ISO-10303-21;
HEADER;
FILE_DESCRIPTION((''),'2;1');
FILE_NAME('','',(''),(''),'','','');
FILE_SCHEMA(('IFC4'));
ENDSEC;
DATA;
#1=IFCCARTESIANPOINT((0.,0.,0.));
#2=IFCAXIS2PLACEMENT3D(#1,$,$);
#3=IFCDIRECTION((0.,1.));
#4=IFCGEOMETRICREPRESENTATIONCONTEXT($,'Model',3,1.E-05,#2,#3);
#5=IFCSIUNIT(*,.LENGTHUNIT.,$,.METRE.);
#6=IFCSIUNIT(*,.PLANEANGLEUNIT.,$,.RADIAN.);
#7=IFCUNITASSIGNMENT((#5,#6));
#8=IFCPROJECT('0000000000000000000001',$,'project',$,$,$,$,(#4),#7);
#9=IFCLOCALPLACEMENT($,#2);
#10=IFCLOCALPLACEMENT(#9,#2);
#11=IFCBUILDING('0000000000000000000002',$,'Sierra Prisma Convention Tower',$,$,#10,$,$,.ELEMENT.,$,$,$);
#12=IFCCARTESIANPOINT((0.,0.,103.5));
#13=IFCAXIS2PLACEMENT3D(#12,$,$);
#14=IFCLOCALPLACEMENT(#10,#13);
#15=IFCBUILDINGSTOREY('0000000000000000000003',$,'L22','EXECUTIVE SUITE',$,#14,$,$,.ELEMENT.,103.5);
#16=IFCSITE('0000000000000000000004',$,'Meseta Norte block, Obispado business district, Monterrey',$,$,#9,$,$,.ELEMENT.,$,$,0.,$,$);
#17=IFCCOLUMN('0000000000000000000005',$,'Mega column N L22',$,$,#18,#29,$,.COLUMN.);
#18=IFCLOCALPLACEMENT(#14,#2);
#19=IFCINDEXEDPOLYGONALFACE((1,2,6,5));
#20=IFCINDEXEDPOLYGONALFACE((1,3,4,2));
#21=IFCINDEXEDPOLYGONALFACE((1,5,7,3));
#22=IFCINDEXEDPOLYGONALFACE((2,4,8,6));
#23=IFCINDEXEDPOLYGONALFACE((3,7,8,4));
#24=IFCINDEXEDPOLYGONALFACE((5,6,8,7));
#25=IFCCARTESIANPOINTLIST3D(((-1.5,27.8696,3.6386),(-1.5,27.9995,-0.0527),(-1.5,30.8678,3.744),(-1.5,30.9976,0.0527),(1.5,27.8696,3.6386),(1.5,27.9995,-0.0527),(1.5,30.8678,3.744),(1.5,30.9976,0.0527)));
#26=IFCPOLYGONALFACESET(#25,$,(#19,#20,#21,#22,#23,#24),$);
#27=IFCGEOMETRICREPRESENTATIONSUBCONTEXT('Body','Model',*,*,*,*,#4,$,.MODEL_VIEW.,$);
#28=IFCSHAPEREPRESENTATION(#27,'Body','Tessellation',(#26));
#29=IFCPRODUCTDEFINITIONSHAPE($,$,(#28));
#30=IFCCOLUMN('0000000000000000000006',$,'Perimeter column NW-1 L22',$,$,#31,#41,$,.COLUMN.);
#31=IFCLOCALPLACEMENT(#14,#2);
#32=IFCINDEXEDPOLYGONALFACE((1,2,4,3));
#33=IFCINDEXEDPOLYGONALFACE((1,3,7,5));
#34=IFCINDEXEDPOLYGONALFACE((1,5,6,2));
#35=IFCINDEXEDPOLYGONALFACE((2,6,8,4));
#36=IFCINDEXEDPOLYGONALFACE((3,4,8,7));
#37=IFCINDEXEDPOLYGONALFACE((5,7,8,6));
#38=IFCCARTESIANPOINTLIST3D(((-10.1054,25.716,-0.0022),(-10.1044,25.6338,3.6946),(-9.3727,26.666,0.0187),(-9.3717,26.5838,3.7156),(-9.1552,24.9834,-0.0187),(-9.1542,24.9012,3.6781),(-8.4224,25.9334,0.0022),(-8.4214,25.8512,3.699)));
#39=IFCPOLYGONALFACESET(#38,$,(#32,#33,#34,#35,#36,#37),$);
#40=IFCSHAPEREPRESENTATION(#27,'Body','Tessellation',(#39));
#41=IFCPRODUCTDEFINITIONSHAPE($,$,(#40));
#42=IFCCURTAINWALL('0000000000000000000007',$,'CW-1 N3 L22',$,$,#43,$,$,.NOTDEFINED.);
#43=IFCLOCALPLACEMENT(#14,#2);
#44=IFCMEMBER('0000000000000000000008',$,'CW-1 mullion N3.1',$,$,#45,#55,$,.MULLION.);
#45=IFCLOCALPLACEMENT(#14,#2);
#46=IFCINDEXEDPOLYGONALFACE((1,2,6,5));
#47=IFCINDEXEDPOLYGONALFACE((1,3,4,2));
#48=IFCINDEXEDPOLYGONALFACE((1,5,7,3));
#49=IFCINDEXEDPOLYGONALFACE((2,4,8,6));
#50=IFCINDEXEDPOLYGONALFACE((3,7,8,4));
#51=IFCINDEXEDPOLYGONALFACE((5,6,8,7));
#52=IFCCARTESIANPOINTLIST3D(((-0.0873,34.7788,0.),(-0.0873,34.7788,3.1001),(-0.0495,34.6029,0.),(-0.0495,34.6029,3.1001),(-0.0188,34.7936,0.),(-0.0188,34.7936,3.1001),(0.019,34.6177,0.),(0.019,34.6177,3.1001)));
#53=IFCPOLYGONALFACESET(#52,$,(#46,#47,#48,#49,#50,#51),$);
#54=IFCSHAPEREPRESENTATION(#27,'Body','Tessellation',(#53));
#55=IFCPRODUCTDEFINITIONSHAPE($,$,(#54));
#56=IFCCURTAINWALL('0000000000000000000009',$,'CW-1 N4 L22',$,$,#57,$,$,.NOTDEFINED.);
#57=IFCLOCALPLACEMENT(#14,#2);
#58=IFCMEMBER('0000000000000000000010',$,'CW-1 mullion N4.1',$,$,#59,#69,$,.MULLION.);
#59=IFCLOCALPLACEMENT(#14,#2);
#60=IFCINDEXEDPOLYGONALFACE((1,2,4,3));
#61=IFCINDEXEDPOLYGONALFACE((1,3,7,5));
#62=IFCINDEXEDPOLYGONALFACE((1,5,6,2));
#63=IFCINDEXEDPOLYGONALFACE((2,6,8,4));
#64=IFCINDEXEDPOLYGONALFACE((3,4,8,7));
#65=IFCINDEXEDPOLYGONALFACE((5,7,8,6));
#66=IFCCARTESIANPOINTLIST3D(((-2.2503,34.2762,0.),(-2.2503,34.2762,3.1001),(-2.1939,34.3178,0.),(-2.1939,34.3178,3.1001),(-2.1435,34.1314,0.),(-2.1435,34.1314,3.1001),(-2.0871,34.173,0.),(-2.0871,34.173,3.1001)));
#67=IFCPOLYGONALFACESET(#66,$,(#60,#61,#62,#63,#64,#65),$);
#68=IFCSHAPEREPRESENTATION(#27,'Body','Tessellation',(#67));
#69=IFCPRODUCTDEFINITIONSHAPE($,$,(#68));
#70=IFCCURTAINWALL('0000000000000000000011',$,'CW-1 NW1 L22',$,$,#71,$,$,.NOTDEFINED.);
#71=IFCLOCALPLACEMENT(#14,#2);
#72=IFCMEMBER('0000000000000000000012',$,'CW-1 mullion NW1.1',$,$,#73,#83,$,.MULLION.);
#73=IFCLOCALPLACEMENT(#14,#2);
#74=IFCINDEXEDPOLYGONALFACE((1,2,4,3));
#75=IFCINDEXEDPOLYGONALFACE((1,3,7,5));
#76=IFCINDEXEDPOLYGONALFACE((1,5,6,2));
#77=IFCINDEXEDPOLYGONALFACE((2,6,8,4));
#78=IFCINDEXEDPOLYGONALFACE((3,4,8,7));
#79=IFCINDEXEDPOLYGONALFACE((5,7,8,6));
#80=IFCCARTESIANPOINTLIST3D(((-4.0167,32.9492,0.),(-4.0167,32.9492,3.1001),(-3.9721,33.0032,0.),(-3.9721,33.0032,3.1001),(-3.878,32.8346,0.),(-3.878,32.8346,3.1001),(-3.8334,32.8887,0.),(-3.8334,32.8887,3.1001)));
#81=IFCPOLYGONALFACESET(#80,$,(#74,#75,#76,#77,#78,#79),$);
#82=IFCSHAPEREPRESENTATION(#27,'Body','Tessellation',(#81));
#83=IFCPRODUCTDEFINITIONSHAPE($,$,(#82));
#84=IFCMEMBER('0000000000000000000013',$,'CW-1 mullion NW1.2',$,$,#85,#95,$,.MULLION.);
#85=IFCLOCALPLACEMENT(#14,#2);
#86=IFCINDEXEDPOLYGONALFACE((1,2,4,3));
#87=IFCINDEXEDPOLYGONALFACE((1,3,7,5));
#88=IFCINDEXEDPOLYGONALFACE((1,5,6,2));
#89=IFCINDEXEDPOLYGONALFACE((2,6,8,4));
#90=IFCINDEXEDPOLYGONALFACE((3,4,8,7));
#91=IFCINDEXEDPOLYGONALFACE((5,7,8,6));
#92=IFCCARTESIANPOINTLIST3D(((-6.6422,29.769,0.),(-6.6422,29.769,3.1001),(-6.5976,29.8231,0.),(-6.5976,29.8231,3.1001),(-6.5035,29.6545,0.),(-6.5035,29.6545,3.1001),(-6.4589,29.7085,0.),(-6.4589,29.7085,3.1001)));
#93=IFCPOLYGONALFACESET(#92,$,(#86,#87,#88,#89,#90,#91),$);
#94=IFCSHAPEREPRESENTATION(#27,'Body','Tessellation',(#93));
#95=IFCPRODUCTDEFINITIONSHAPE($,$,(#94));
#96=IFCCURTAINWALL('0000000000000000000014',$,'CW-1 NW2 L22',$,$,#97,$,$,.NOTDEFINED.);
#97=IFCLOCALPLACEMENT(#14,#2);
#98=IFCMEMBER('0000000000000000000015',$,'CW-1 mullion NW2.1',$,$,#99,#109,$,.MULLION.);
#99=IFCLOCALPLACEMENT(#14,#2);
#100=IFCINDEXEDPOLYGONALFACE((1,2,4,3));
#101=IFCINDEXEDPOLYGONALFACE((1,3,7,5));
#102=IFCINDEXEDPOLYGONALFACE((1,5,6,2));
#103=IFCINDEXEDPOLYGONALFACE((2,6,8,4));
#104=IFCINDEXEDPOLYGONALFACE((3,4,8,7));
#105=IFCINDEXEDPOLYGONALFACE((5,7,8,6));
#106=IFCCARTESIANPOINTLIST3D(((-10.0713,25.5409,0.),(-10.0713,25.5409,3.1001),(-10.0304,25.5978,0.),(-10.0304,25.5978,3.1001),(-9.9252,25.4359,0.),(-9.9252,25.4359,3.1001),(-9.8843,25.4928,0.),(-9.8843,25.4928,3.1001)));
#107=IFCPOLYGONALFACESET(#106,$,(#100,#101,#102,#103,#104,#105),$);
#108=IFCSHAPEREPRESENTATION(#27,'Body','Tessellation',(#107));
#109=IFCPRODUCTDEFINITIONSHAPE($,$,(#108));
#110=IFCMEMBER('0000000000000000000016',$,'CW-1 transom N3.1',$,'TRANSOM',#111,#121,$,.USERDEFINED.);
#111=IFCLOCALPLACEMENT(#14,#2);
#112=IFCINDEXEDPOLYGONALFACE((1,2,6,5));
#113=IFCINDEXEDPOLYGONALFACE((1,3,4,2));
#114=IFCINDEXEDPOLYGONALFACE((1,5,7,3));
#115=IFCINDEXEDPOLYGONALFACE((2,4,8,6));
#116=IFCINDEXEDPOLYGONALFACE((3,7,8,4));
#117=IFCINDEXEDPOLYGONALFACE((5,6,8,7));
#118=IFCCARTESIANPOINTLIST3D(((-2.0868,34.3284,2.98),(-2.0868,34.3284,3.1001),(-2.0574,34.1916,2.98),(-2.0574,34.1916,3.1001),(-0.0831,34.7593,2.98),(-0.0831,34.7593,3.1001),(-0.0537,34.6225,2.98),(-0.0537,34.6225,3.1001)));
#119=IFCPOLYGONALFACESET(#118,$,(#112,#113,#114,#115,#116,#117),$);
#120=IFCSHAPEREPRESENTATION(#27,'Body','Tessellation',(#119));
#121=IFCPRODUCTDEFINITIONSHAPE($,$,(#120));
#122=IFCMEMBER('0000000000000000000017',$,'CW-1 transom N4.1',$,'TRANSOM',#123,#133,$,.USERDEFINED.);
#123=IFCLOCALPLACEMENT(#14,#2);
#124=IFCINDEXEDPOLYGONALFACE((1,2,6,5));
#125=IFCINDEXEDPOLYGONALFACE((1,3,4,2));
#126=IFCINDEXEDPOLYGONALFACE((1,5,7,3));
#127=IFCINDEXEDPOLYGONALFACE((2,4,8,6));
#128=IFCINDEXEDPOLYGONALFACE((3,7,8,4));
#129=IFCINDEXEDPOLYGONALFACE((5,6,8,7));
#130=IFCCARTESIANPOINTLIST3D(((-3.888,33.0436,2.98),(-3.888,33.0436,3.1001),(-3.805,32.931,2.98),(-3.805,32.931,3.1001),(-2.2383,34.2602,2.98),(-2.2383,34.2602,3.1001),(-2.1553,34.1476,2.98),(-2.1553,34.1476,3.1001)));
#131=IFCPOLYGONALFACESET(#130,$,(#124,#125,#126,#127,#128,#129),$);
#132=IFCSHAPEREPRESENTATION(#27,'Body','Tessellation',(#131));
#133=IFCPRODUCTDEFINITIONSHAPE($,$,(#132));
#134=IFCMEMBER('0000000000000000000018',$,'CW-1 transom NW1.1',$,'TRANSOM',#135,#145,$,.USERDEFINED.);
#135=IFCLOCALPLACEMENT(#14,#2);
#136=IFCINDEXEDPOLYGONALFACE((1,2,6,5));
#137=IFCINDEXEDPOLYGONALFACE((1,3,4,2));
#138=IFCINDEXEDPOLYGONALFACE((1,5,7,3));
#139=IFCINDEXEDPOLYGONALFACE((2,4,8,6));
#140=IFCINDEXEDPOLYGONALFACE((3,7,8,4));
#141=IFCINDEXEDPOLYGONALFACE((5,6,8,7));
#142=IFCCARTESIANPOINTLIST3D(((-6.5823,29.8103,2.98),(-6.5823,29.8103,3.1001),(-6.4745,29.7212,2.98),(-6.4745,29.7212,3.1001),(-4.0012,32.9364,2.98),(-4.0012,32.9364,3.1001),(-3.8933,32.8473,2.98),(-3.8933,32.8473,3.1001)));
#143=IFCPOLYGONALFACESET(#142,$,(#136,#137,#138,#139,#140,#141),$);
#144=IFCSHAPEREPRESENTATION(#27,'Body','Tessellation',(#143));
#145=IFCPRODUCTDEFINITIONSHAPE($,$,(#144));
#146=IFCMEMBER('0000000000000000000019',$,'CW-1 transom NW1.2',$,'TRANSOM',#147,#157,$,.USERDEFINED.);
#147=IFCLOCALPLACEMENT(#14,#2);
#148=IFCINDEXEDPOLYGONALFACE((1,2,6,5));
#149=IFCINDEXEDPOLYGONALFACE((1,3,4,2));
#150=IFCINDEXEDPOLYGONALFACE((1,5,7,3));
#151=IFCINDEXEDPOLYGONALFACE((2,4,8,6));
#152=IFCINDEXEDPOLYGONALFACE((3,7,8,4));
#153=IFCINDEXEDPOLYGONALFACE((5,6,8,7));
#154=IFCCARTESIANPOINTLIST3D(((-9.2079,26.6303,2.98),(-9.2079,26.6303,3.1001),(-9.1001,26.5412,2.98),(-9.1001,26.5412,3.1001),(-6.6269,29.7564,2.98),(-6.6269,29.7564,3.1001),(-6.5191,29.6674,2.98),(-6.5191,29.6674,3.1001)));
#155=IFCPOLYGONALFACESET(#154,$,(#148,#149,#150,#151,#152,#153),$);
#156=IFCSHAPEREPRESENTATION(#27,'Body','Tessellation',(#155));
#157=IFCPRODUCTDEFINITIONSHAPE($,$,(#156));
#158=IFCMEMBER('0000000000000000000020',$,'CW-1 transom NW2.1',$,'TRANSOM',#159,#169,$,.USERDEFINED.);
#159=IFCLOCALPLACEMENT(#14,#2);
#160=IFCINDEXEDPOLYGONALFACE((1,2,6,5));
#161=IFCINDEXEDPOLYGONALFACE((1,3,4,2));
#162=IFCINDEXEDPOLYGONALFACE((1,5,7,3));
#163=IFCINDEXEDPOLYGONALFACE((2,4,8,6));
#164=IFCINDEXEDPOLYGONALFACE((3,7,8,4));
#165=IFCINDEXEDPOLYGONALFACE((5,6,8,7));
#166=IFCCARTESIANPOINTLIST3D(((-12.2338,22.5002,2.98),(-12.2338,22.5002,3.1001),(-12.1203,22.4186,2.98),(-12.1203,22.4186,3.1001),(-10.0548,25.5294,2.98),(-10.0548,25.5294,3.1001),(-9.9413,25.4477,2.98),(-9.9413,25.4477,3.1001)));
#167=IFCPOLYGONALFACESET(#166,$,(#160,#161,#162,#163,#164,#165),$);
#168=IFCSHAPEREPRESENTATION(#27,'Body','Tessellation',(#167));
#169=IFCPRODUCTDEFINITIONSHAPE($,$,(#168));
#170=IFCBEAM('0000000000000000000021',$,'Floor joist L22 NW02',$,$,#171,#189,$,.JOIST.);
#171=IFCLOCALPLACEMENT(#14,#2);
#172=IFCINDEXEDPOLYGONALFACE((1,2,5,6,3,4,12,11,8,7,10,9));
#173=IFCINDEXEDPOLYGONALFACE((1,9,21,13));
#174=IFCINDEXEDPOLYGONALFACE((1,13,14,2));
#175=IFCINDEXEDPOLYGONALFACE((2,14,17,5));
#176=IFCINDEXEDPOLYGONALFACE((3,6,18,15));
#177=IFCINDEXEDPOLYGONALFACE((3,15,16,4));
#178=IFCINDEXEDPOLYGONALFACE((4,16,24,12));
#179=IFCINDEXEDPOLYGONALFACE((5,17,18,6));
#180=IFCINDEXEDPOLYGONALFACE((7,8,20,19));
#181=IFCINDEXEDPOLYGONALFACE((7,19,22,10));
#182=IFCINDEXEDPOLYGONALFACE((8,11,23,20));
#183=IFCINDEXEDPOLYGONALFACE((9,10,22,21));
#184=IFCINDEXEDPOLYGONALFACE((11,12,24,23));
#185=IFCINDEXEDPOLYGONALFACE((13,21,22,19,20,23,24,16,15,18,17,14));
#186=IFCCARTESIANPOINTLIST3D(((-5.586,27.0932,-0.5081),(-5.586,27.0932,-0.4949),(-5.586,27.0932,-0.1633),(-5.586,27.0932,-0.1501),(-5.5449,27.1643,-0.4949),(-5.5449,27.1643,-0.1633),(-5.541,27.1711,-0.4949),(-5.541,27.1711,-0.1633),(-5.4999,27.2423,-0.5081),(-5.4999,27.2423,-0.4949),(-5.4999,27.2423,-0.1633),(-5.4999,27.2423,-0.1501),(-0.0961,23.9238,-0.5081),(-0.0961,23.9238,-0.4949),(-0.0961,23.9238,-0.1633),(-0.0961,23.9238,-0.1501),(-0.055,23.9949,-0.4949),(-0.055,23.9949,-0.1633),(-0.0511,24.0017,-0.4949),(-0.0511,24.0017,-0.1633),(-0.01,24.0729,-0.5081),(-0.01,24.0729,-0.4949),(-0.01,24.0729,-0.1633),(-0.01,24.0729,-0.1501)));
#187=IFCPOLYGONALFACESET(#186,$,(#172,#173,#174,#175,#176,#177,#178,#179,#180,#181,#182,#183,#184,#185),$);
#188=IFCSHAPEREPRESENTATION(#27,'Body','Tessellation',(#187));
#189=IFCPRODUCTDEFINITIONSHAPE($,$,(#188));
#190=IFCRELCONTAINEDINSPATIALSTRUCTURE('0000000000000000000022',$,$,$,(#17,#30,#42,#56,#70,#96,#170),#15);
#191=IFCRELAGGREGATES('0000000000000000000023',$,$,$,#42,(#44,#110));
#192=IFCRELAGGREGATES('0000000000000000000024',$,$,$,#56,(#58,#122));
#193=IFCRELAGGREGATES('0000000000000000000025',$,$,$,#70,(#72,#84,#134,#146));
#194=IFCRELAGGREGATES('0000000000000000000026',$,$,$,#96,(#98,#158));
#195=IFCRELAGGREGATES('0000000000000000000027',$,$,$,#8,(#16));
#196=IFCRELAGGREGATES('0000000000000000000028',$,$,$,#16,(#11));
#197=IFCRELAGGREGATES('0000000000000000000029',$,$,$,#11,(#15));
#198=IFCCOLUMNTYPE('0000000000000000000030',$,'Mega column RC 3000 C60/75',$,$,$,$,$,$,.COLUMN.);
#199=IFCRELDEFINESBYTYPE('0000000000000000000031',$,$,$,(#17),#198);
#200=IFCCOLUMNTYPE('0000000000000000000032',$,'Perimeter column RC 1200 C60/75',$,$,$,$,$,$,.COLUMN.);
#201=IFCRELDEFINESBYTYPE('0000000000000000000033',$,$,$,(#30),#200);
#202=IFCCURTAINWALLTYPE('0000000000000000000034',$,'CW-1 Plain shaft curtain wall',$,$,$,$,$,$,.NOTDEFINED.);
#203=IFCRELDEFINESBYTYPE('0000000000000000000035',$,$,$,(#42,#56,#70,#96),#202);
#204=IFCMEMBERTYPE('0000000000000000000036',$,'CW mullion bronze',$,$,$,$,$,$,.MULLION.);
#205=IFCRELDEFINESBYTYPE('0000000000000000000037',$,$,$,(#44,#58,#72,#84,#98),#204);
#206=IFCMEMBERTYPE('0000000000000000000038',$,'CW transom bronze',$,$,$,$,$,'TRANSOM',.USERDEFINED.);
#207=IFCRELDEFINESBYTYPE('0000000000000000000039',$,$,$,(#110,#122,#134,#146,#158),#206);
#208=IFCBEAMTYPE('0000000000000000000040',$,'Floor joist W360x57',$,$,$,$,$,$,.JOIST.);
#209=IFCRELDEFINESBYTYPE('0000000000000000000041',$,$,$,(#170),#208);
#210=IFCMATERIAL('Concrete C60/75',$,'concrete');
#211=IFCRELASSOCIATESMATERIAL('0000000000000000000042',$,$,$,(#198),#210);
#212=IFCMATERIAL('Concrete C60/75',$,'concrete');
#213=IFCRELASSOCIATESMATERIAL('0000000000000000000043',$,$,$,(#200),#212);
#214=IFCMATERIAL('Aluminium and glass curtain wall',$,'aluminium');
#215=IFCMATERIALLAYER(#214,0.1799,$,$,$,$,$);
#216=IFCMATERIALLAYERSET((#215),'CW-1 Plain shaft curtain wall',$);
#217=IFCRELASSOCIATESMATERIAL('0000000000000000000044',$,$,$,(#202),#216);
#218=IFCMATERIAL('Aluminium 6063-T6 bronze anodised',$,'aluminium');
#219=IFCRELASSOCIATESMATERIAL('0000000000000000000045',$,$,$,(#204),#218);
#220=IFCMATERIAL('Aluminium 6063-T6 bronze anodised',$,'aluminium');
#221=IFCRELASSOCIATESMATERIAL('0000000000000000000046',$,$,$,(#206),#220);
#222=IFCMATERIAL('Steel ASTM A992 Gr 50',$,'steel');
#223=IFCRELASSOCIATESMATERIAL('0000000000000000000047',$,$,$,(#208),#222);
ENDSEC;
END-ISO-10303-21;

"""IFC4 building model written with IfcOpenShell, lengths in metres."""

from ifc_helpers import new_model, si_unit, direction, frame, origin, origin_2d, place, context, subcontext, project, spatial, rectangle, i_section, extrude, clip, halfspace, material, layer, layer_set, material_profile, profile_set, type_object, element, aggregate, save


model = new_model("IFC4")

# Units and contexts
model_context = context("Model", 3, precision=1e-05, world=origin(), true_north=direction((0.0, 1.0)))
body_context = subcontext(model_context, "Body", "Model", "MODEL_VIEW")
ifc_project = project(units=[si_unit("LENGTHUNIT", "METRE"), si_unit("PLANEANGLEUNIT", "RADIAN")], contexts=[model_context])

# Site, building, storey
site_placement = place(None, origin())
site = spatial("IfcSite", under=ifc_project, at=site_placement, Name="Meseta Norte block, Obispado business district, Monterrey", CompositionType="ELEMENT", RefElevation=0.0)
building_placement = place(site_placement, origin())
building = spatial("IfcBuilding", under=site, at=building_placement, Name="Sierra Prisma Convention Tower", CompositionType="ELEMENT")
storey_placement = place(building_placement, frame((0.0, 0.0, 103.5)))
storey = spatial("IfcBuildingStorey", under=building, at=storey_placement, Name="L22", Description="EXECUTIVE SUITE", CompositionType="ELEMENT", Elevation=103.5)

# Columns
ifc_material_1 = material(Name="Concrete C60/75", Category="concrete")
ifc_material_profile_1 = material_profile(ifc_material_1, rectangle(XDim=3.0, YDim=3.0, at=origin_2d()), Name="Mega column RC 3000 C60/75")
ifc_profile_set_1 = profile_set([ifc_material_profile_1], Name="Concrete C60/75")
column_type_1 = type_object("IfcColumnType", Name="Mega column RC 3000 C60/75", PredefinedType="COLUMN", material=ifc_profile_set_1)
column_1_placement = place(storey_placement, frame((0.0, 29.4985, 0.0), z_axis=(0.0, -0.035148, 0.999382), x_axis=(1.0, 0.0, 0.0)))
element("IfcColumn", 1, at=column_1_placement, inside=storey, type_object=column_type_1, Name="Mega column N L22", PredefinedType="COLUMN", context=body_context, shape_type="SweptSolid", body=[
    clip(extrude(rectangle(XDim=3.0, YDim=3.0, at=origin_2d()), origin(), (0.0, 0.0, 1.0), 3.7021), halfspace(frame((0.0, 0.0, 3.6936)), False)),
])
ifc_material_2 = material(Name="Concrete C60/75", Category="concrete")
ifc_material_profile_2 = material_profile(ifc_material_2, rectangle(XDim=1.2, YDim=1.2, at=origin_2d()), Name="Perimeter column RC 1200 C60/75")
ifc_profile_set_2 = profile_set([ifc_material_profile_2], Name="Concrete C60/75")
column_type_2 = type_object("IfcColumnType", Name="Perimeter column RC 1200 C60/75", PredefinedType="COLUMN", material=ifc_profile_set_2)
column_2_placement = place(storey_placement, frame((-9.2639, 25.8247, 0.0), z_axis=(0.000264, -0.022231, 0.999753), x_axis=(0.610647, 0.791711, 0.017444)))
element("IfcColumn", 2, at=column_2_placement, inside=storey, type_object=column_type_2, Name="Perimeter column NW-1 L22", PredefinedType="COLUMN", context=body_context, shape_type="SweptSolid", body=[
    clip(extrude(rectangle(XDim=1.2, YDim=1.2, at=origin_2d()), origin(), (0.0, 0.0, 1.0), 3.7009), halfspace(frame((0.0, 0.0, 3.6978)), False)),
])

# Curtain walls, members
ifc_material_3 = material(Name="Aluminium and glass curtain wall", Category="aluminium")
ifc_layer_1 = layer(ifc_material_3, 0.1799)
ifc_layer_set_1 = layer_set([ifc_layer_1], Name="CW-1 Plain shaft curtain wall")
curtain_wall_type = type_object("IfcCurtainWallType", Name="CW-1 Plain shaft curtain wall", PredefinedType="NOTDEFINED", material=ifc_layer_set_1)
curtain_wall_1_placement = place(storey_placement, origin())
curtain_wall_1 = element("IfcCurtainWall", 3, at=curtain_wall_1_placement, inside=storey, type_object=curtain_wall_type, Name="CW-1 N3 L22", PredefinedType="NOTDEFINED")
ifc_material_4 = material(Name="Aluminium 6063-T6 bronze anodised", Category="aluminium")
ifc_material_profile_3 = material_profile(ifc_material_4, rectangle(XDim=0.1799, YDim=0.0701, at=origin_2d()), Name="ALU MULLION 70x180")
ifc_profile_set_3 = profile_set([ifc_material_profile_3], Name="Aluminium 6063-T6 bronze anodised")
member_type_1 = type_object("IfcMemberType", Name="CW mullion bronze", PredefinedType="MULLION", material=ifc_profile_set_3)
member_1_placement = place(storey_placement, frame((-0.0342, 34.6982, 0.0), z_axis=(0.0, 0.0, 1.0), x_axis=(0.210239, -0.97765, 0.0)))
member_1 = element("IfcMember", 4, at=member_1_placement, type_object=member_type_1, Name="CW-1 mullion N3.1", PredefinedType="MULLION", context=body_context, shape_type="SweptSolid", body=[
    extrude(rectangle(XDim=0.1799, YDim=0.0701, at=origin_2d()), origin(), (0.0, 0.0, 1.0), 3.1001),
])
curtain_wall_2_placement = place(storey_placement, origin())
curtain_wall_2 = element("IfcCurtainWall", 5, at=curtain_wall_2_placement, inside=storey, type_object=curtain_wall_type, Name="CW-1 N4 L22", PredefinedType="NOTDEFINED")
member_2_placement = place(storey_placement, frame((-2.1687, 34.2246, 0.0), z_axis=(0.0, 0.0, 1.0), x_axis=(0.593547, -0.804799, 0.0)))
member_2 = element("IfcMember", 6, at=member_2_placement, type_object=member_type_1, Name="CW-1 mullion N4.1", PredefinedType="MULLION", context=body_context, shape_type="SweptSolid", body=[
    extrude(rectangle(XDim=0.1799, YDim=0.0701, at=origin_2d()), origin(), (0.0, 0.0, 1.0), 3.1001),
])

# Curtain wall, members
curtain_wall_3_placement = place(storey_placement, origin())
curtain_wall_3 = element("IfcCurtainWall", 7, at=curtain_wall_3_placement, inside=storey, type_object=curtain_wall_type, Name="CW-1 NW1 L22", PredefinedType="NOTDEFINED")
member_3_placement = place(storey_placement, frame((-3.925, 32.9189, 0.0), z_axis=(0.0, 0.0, 1.0), x_axis=(0.77112, -0.636689, 0.0)))
member_3 = element("IfcMember", 8, at=member_3_placement, type_object=member_type_1, Name="CW-1 mullion NW1.1", PredefinedType="MULLION", context=body_context, shape_type="SweptSolid", body=[
    extrude(rectangle(XDim=0.1799, YDim=0.0701, at=origin_2d()), origin(), (0.0, 0.0, 1.0), 3.1001),
])
member_4_placement = place(storey_placement, frame((-6.5505, 29.7388, 0.0), z_axis=(0.0, 0.0, 1.0), x_axis=(0.77112, -0.636689, 0.0)))
member_4 = element("IfcMember", 9, at=member_4_placement, type_object=member_type_1, Name="CW-1 mullion NW1.2", PredefinedType="MULLION", context=body_context, shape_type="SweptSolid", body=[
    extrude(rectangle(XDim=0.1799, YDim=0.0701, at=origin_2d()), origin(), (0.0, 0.0, 1.0), 3.1001),
])

# Curtain wall, member
curtain_wall_4_placement = place(storey_placement, origin())
curtain_wall_4 = element("IfcCurtainWall", 10, at=curtain_wall_4_placement, inside=storey, type_object=curtain_wall_type, Name="CW-1 NW2 L22", PredefinedType="NOTDEFINED")
member_5_placement = place(storey_placement, frame((-9.9778, 25.5168, 0.0), z_axis=(0.0, 0.0, 1.0), x_axis=(0.811806, -0.583927, 0.0)))
member_5 = element("IfcMember", 11, at=member_5_placement, type_object=member_type_1, Name="CW-1 mullion NW2.1", PredefinedType="MULLION", context=body_context, shape_type="SweptSolid", body=[
    extrude(rectangle(XDim=0.1799, YDim=0.0701, at=origin_2d()), origin(), (0.0, 0.0, 1.0), 3.1001),
])

# Members
ifc_material_5 = material(Name="Aluminium 6063-T6 bronze anodised", Category="aluminium")
ifc_material_profile_4 = material_profile(ifc_material_5, rectangle(XDim=0.1399, YDim=0.1201, at=origin_2d()), Name="ALU TRANSOM 120x140")
ifc_profile_set_4 = profile_set([ifc_material_profile_4], Name="Aluminium 6063-T6 bronze anodised")
member_type_2 = type_object("IfcMemberType", Name="CW transom bronze", ElementType="TRANSOM", PredefinedType="USERDEFINED", material=ifc_profile_set_4)
member_6_placement = place(storey_placement, frame((-0.0684, 34.6909, 3.04), z_axis=(-0.977647, -0.210253, 0.0), x_axis=(0.210253, -0.977647, 0.0)))
member_6 = element("IfcMember", 12, at=member_6_placement, type_object=member_type_2, Name="CW-1 transom N3.1", ObjectType="TRANSOM", PredefinedType="USERDEFINED", context=body_context, shape_type="SweptSolid", body=[
    extrude(rectangle(XDim=0.1399, YDim=0.1201, at=origin_2d()), origin(), (0.0, 0.0, 1.0), 2.0496),
])
member_7_placement = place(storey_placement, frame((-2.1968, 34.2039, 3.04), z_axis=(-0.804819, -0.59352, 0.0), x_axis=(0.59352, -0.804819, 0.0)))
member_7 = element("IfcMember", 13, at=member_7_placement, type_object=member_type_2, Name="CW-1 transom N4.1", ObjectType="TRANSOM", PredefinedType="USERDEFINED", context=body_context, shape_type="SweptSolid", body=[
    extrude(rectangle(XDim=0.1399, YDim=0.1201, at=origin_2d()), origin(), (0.0, 0.0, 1.0), 2.0498),
])
member_8_placement = place(storey_placement, frame((-3.9473, 32.8918, 3.04), z_axis=(-0.636695, -0.771116, 0.0), x_axis=(0.771116, -0.636695, 0.0)))
member_8 = element("IfcMember", 14, at=member_8_placement, type_object=member_type_2, Name="CW-1 transom NW1.1", ObjectType="TRANSOM", PredefinedType="USERDEFINED", context=body_context, shape_type="SweptSolid", body=[
    extrude(rectangle(XDim=0.1399, YDim=0.1201, at=origin_2d()), origin(), (0.0, 0.0, 1.0), 4.054),
])
member_9_placement = place(storey_placement, frame((-6.573, 29.7119, 3.04), z_axis=(-0.636665, -0.77114, 0.0), x_axis=(0.77114, -0.636665, 0.0)))
member_9 = element("IfcMember", 15, at=member_9_placement, type_object=member_type_2, Name="CW-1 transom NW1.2", ObjectType="TRANSOM", PredefinedType="USERDEFINED", context=body_context, shape_type="SweptSolid", body=[
    extrude(rectangle(XDim=0.1399, YDim=0.1201, at=origin_2d()), origin(), (0.0, 0.0, 1.0), 4.054),
])
member_10_placement = place(storey_placement, frame((-9.998, 25.4885, 3.04), z_axis=(-0.583958, -0.811784, 0.0), x_axis=(0.811784, -0.583958, 0.0)))
member_10 = element("IfcMember", 16, at=member_10_placement, type_object=member_type_2, Name="CW-1 transom NW2.1", ObjectType="TRANSOM", PredefinedType="USERDEFINED", context=body_context, shape_type="SweptSolid", body=[
    extrude(rectangle(XDim=0.1399, YDim=0.1201, at=origin_2d()), origin(), (0.0, 0.0, 1.0), 3.7314),
])

# Beam
ifc_material_6 = material(Name="Steel ASTM A992 Gr 50", Category="steel")
ifc_material_profile_5 = material_profile(ifc_material_6, i_section(OverallWidth=0.1721, OverallDepth=0.3579, WebThickness=0.0078, FlangeThickness=0.0132, at=origin_2d()), Name="W360x57")
ifc_profile_set_5 = profile_set([ifc_material_profile_5], Name="Steel ASTM A992 Gr 50")
beam_type_1 = type_object("IfcBeamType", Name="Floor joist W360x57", PredefinedType="JOIST", material=ifc_profile_set_5)
beam_1_placement = place(storey_placement, frame((-5.543, 27.1677, -0.3291), z_axis=(0.86604, -0.499975, 0.0), x_axis=(0.499975, 0.86604, 0.0)))
element("IfcBeam", 17, at=beam_1_placement, inside=storey, type_object=beam_type_1, Name="Floor joist L22 NW02", PredefinedType="JOIST", context=body_context, shape_type="SweptSolid", body=[
    extrude(i_section(OverallWidth=0.1721, OverallDepth=0.3579, WebThickness=0.0078, FlangeThickness=0.0132, at=origin_2d()), origin(), (0.0, 0.0, 1.0), 6.3391),
])

aggregate(curtain_wall_1, [member_1, member_6])
aggregate(curtain_wall_2, [member_2, member_7])
aggregate(curtain_wall_3, [member_3, member_4, member_8, member_9])
aggregate(curtain_wall_4, [member_5, member_10])

save(model, "model.ifc")
